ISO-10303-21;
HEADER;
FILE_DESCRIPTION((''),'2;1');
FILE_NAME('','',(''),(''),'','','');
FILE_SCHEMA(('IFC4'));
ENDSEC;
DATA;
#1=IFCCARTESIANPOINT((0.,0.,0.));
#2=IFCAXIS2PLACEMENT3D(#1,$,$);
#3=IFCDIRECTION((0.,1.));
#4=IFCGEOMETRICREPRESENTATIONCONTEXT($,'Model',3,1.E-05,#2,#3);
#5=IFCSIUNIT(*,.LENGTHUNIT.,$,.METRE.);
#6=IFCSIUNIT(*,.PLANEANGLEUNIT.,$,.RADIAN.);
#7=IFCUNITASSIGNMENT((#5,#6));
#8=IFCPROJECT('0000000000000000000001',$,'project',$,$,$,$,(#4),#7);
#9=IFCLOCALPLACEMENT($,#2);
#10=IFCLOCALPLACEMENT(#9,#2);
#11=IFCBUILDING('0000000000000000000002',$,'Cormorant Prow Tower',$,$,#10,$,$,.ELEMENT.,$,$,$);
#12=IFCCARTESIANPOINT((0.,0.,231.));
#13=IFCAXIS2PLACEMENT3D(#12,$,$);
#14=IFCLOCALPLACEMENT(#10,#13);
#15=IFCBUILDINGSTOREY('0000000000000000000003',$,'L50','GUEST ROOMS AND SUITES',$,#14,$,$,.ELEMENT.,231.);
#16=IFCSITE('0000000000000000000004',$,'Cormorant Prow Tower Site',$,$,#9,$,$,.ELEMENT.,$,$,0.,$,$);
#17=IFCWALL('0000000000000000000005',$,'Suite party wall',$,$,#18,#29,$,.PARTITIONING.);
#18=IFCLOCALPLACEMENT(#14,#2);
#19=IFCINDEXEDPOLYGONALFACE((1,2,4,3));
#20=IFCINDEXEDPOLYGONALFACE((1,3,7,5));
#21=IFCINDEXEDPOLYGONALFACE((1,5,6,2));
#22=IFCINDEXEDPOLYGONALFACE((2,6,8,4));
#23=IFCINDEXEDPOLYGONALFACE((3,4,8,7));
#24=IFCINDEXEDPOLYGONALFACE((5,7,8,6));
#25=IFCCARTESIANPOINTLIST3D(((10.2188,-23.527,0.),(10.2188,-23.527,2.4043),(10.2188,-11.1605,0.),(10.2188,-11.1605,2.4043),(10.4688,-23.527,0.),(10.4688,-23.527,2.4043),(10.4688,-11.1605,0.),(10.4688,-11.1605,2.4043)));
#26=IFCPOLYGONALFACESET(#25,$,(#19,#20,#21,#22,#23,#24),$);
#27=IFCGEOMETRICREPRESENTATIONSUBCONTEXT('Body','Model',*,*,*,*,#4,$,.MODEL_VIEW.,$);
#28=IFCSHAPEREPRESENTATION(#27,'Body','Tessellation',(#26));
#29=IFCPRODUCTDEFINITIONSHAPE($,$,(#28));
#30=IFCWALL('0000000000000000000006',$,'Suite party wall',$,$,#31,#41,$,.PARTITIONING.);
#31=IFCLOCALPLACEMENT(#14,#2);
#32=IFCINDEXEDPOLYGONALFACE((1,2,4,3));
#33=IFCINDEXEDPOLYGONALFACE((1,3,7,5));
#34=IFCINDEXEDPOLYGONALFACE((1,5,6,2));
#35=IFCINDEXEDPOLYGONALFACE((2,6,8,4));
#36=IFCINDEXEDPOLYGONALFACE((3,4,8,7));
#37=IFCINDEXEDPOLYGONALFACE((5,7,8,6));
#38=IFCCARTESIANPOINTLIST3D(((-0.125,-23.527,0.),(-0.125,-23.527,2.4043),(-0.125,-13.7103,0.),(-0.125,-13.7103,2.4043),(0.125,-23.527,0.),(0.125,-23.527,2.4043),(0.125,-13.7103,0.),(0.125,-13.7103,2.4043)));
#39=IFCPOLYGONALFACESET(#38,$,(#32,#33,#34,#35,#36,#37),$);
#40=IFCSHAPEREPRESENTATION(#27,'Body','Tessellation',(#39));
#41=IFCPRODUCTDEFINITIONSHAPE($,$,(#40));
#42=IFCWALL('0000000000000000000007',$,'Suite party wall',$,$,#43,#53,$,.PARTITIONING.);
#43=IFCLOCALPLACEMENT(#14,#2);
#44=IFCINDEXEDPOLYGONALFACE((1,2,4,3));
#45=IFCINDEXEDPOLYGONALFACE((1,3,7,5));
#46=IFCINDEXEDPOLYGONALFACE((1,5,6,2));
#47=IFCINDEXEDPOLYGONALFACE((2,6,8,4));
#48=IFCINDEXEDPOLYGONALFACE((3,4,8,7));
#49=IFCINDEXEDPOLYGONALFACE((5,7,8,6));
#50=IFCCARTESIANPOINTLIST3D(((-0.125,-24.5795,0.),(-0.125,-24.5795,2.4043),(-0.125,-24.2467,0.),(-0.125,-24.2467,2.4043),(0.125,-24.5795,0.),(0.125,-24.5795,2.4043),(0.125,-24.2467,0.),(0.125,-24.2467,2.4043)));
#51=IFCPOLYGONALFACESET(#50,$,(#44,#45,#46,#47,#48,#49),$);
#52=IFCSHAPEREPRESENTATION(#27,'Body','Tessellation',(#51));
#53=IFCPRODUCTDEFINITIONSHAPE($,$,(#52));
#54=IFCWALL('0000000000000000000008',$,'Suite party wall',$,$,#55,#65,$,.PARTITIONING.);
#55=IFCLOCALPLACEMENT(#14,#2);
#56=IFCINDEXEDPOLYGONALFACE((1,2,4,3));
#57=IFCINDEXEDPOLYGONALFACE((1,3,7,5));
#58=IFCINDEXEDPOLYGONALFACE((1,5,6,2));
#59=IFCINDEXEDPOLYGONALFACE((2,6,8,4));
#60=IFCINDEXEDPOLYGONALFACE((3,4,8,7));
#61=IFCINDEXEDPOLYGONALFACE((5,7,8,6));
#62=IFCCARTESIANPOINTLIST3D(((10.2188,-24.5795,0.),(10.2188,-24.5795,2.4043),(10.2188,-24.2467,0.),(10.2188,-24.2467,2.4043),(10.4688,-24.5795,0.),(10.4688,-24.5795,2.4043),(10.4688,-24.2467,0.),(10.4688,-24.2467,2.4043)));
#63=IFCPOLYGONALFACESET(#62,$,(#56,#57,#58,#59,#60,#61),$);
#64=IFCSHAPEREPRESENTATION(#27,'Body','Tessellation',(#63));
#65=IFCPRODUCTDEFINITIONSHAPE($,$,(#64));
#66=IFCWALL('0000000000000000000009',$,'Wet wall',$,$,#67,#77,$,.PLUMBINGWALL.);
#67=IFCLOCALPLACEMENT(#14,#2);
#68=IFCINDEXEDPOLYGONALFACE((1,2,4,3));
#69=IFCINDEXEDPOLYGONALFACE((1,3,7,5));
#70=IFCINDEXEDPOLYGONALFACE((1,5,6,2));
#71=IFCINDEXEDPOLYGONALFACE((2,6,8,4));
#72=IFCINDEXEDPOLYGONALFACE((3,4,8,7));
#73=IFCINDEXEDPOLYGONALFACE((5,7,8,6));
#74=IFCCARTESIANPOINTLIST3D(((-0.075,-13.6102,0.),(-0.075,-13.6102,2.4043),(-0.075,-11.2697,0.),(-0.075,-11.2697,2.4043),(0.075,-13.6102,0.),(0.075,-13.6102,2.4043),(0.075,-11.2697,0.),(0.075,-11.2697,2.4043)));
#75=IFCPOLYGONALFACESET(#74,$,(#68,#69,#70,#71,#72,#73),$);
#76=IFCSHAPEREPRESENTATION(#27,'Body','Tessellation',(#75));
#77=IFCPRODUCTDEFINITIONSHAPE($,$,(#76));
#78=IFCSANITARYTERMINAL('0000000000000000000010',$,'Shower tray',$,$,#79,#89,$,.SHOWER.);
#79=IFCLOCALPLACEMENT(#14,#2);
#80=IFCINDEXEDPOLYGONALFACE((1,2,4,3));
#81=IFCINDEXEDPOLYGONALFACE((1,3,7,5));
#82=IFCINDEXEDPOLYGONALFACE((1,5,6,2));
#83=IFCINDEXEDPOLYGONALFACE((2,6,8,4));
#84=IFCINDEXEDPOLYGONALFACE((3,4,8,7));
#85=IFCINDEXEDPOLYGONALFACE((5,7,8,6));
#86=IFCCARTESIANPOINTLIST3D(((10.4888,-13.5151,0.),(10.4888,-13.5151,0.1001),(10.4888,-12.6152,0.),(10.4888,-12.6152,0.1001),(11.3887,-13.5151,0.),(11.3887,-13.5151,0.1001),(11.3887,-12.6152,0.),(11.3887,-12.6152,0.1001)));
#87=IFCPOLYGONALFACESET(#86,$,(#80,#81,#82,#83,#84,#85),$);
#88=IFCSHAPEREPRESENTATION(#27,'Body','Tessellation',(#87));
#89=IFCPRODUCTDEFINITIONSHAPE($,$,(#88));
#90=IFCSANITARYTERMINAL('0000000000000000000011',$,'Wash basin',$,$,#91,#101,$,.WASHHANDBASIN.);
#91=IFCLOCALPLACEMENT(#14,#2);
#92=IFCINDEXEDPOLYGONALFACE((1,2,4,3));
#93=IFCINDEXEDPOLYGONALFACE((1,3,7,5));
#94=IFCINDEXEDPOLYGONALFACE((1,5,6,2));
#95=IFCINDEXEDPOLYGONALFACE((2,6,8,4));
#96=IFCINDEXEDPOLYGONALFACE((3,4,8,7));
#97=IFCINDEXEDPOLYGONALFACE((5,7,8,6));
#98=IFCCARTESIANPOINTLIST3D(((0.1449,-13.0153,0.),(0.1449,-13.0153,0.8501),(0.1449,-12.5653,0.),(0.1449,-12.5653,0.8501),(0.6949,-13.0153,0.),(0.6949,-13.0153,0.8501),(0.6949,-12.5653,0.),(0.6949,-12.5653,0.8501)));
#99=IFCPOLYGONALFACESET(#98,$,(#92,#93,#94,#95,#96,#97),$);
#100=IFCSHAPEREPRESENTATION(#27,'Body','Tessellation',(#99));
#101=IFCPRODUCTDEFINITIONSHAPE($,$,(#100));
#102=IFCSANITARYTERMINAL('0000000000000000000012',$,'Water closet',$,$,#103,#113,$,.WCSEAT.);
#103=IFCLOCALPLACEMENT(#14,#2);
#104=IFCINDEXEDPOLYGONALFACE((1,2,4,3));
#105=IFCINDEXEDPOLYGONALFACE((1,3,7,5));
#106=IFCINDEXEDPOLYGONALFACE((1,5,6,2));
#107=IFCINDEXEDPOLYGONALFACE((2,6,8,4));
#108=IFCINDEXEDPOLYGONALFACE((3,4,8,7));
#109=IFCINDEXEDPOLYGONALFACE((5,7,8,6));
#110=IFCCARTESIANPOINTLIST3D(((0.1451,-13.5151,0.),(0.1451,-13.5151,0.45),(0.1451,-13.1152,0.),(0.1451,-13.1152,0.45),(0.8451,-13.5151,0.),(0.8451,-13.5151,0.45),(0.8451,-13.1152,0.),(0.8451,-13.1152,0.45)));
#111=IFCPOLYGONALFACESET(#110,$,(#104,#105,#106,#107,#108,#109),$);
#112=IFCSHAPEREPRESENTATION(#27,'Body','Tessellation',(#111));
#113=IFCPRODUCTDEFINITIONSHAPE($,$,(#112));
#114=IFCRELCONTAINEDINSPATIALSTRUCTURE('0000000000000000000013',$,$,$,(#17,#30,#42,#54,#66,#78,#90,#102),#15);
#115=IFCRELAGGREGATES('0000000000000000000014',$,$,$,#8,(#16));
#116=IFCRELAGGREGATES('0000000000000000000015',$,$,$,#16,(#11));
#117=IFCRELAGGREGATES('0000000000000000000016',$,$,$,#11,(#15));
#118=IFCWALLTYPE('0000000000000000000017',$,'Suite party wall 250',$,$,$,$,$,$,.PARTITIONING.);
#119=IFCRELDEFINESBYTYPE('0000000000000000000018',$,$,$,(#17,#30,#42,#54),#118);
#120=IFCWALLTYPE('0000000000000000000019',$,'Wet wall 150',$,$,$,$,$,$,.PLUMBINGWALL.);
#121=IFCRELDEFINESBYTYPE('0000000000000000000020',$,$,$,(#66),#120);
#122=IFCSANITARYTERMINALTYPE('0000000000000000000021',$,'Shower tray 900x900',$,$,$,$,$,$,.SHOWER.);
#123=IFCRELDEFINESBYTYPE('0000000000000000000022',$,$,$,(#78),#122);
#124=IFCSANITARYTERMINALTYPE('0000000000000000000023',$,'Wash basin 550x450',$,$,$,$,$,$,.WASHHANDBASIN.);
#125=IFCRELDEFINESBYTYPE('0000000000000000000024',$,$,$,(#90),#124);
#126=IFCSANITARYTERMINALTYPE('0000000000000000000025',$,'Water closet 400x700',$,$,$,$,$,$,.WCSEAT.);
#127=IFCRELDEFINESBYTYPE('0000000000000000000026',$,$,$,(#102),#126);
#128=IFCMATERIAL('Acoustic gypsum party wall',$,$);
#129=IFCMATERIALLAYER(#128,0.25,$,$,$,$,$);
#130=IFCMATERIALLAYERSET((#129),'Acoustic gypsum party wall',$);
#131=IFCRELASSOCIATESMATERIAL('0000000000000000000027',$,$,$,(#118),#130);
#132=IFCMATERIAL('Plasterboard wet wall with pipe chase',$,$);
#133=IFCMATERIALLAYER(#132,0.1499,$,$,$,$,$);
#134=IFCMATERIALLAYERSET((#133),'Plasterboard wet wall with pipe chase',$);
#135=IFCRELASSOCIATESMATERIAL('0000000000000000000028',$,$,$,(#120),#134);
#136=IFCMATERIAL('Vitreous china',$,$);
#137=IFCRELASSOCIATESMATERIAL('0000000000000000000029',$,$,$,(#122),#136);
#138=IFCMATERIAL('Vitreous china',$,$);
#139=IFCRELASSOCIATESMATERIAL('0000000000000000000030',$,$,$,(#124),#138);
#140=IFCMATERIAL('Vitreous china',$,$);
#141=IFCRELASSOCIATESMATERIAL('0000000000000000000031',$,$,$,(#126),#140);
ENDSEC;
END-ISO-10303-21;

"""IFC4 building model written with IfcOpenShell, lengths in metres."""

from ifc_helpers import new_model, si_unit, direction, frame, frame_2d, origin, origin_2d, place, context, subcontext, project, spatial, rectangle, extrude, material, layer, layer_set, type_object, element, save


model = new_model("IFC4")

# Units and contexts
model_context = context("Model", 3, precision=1e-05, world=origin(), true_north=direction((0.0, 1.0)))
body_context = subcontext(model_context, "Body", "Model", "MODEL_VIEW")
ifc_project = project(units=[si_unit("LENGTHUNIT", "METRE"), si_unit("PLANEANGLEUNIT", "RADIAN")], contexts=[model_context])

# Site, building, storey
site_placement = place(None, origin())
site = spatial("IfcSite", under=ifc_project, at=site_placement, Name="Cormorant Prow Tower Site", CompositionType="ELEMENT", RefElevation=0.0)
building_placement = place(site_placement, origin())
building = spatial("IfcBuilding", under=site, at=building_placement, Name="Cormorant Prow Tower", CompositionType="ELEMENT")
storey_placement = place(building_placement, frame((0.0, 0.0, 231.0)))
storey = spatial("IfcBuildingStorey", under=building, at=storey_placement, Name="L50", Description="GUEST ROOMS AND SUITES", CompositionType="ELEMENT", Elevation=231.0)

# Walls
ifc_material_1 = material(Name="Acoustic gypsum party wall")
ifc_layer_1 = layer(ifc_material_1, 0.25)
ifc_layer_set_1 = layer_set([ifc_layer_1], Name="Acoustic gypsum party wall")
wall_type_1 = type_object("IfcWallType", Name="Suite party wall 250", PredefinedType="PARTITIONING", material=ifc_layer_set_1)
wall_1_placement = place(storey_placement, frame((10.3438, -23.5269, 0.0), z_axis=(0.0, 0.0, 1.0), x_axis=(0.0, 1.0, 0.0)))
element("IfcWall", 1, at=wall_1_placement, inside=storey, type_object=wall_type_1, Name="Suite party wall", PredefinedType="PARTITIONING", context=body_context, shape_type="SweptSolid", body=[
    extrude(rectangle(XDim=12.3665, YDim=0.25, at=frame_2d((6.1831, 0.0))), origin(), (0.0, 0.0, 1.0), 2.4043),
])
wall_2_placement = place(storey_placement, frame((0.0, -23.5269, 0.0), z_axis=(0.0, 0.0, 1.0), x_axis=(0.0, 1.0, 0.0)))
element("IfcWall", 2, at=wall_2_placement, inside=storey, type_object=wall_type_1, Name="Suite party wall", PredefinedType="PARTITIONING", context=body_context, shape_type="SweptSolid", body=[
    extrude(rectangle(XDim=9.8167, YDim=0.25, at=frame_2d((4.9082, 0.0))), origin(), (0.0, 0.0, 1.0), 2.4043),
])
for number, where, z_axis, x_axis, name in (
    (3, (0.0, -24.5796, 0.0), (0.0, 0.0, 1.0), (0.0, 1.0, 0.0), "Suite party wall"),
    (4, (10.3438, -24.5796, 0.0), (0.0, 0.0, 1.0), (0.0, 1.0, 0.0), "Suite party wall"),
):
    element("IfcWall", number, at=place(storey_placement, frame(where, z_axis=z_axis, x_axis=x_axis)), inside=storey, type_object=wall_type_1, Name=name, PredefinedType="PARTITIONING", context=body_context, shape_type="SweptSolid", body=[
        extrude(rectangle(XDim=0.3328, YDim=0.25, at=frame_2d((0.1665, 0.0))), origin(), (0.0, 0.0, 1.0), 2.4043),
    ])

# Wall
ifc_material_2 = material(Name="Plasterboard wet wall with pipe chase")
ifc_layer_2 = layer(ifc_material_2, 0.1499)
ifc_layer_set_2 = layer_set([ifc_layer_2], Name="Plasterboard wet wall with pipe chase")
wall_type_2 = type_object("IfcWallType", Name="Wet wall 150", PredefinedType="PLUMBINGWALL", material=ifc_layer_set_2)
wall_3_placement = place(storey_placement, frame((0.0, -13.6104, 0.0), z_axis=(0.0, 0.0, 1.0), x_axis=(0.0, 1.0, 0.0)))
element("IfcWall", 5, at=wall_3_placement, inside=storey, type_object=wall_type_2, Name="Wet wall", PredefinedType="PLUMBINGWALL", context=body_context, shape_type="SweptSolid", body=[
    extrude(rectangle(XDim=2.3406, YDim=0.1499, at=frame_2d((1.1704, 0.0))), origin(), (0.0, 0.0, 1.0), 2.4043),
])

# Sanitary terminals
ifc_material_3 = material(Name="Vitreous china")
sanitary_terminal_type_1 = type_object("IfcSanitaryTerminalType", Name="Shower tray 900x900", PredefinedType="SHOWER", material=ifc_material_3)
sanitary_terminal_1_placement = place(storey_placement, frame((10.9387, -13.0652, 0.0), z_axis=(0.0, 0.0, 1.0), x_axis=(0.0, 1.0, 0.0)))
element("IfcSanitaryTerminal", 6, at=sanitary_terminal_1_placement, inside=storey, type_object=sanitary_terminal_type_1, Name="Shower tray", PredefinedType="SHOWER", context=body_context, shape_type="SweptSolid", body=[
    extrude(rectangle(XDim=0.8999, YDim=0.8999, at=origin_2d()), origin(), (0.0, 0.0, 1.0), 0.1001),
])
ifc_material_4 = material(Name="Vitreous china")
sanitary_terminal_type_2 = type_object("IfcSanitaryTerminalType", Name="Wash basin 550x450", PredefinedType="WASHHANDBASIN", material=ifc_material_4)
sanitary_terminal_2_placement = place(storey_placement, frame((0.4199, -12.7903, 0.0), z_axis=(0.0, 0.0, 1.0), x_axis=(1.0, 0.0, 0.0)))
element("IfcSanitaryTerminal", 7, at=sanitary_terminal_2_placement, inside=storey, type_object=sanitary_terminal_type_2, Name="Wash basin", PredefinedType="WASHHANDBASIN", context=body_context, shape_type="SweptSolid", body=[
    extrude(rectangle(XDim=0.55, YDim=0.45, at=origin_2d()), origin(), (0.0, 0.0, 1.0), 0.8501),
])
ifc_material_5 = material(Name="Vitreous china")
sanitary_terminal_type_3 = type_object("IfcSanitaryTerminalType", Name="Water closet 400x700", PredefinedType="WCSEAT", material=ifc_material_5)
sanitary_terminal_3_placement = place(storey_placement, frame((0.4951, -13.3152, 0.0), z_axis=(0.0, 0.0, 1.0), x_axis=(0.0, 1.0, 0.0)))
element("IfcSanitaryTerminal", 8, at=sanitary_terminal_3_placement, inside=storey, type_object=sanitary_terminal_type_3, Name="Water closet", PredefinedType="WCSEAT", context=body_context, shape_type="SweptSolid", body=[
    extrude(rectangle(XDim=0.3999, YDim=0.7, at=origin_2d()), origin(), (0.0, 0.0, 1.0), 0.45),
])

save(model, "model.ifc")
